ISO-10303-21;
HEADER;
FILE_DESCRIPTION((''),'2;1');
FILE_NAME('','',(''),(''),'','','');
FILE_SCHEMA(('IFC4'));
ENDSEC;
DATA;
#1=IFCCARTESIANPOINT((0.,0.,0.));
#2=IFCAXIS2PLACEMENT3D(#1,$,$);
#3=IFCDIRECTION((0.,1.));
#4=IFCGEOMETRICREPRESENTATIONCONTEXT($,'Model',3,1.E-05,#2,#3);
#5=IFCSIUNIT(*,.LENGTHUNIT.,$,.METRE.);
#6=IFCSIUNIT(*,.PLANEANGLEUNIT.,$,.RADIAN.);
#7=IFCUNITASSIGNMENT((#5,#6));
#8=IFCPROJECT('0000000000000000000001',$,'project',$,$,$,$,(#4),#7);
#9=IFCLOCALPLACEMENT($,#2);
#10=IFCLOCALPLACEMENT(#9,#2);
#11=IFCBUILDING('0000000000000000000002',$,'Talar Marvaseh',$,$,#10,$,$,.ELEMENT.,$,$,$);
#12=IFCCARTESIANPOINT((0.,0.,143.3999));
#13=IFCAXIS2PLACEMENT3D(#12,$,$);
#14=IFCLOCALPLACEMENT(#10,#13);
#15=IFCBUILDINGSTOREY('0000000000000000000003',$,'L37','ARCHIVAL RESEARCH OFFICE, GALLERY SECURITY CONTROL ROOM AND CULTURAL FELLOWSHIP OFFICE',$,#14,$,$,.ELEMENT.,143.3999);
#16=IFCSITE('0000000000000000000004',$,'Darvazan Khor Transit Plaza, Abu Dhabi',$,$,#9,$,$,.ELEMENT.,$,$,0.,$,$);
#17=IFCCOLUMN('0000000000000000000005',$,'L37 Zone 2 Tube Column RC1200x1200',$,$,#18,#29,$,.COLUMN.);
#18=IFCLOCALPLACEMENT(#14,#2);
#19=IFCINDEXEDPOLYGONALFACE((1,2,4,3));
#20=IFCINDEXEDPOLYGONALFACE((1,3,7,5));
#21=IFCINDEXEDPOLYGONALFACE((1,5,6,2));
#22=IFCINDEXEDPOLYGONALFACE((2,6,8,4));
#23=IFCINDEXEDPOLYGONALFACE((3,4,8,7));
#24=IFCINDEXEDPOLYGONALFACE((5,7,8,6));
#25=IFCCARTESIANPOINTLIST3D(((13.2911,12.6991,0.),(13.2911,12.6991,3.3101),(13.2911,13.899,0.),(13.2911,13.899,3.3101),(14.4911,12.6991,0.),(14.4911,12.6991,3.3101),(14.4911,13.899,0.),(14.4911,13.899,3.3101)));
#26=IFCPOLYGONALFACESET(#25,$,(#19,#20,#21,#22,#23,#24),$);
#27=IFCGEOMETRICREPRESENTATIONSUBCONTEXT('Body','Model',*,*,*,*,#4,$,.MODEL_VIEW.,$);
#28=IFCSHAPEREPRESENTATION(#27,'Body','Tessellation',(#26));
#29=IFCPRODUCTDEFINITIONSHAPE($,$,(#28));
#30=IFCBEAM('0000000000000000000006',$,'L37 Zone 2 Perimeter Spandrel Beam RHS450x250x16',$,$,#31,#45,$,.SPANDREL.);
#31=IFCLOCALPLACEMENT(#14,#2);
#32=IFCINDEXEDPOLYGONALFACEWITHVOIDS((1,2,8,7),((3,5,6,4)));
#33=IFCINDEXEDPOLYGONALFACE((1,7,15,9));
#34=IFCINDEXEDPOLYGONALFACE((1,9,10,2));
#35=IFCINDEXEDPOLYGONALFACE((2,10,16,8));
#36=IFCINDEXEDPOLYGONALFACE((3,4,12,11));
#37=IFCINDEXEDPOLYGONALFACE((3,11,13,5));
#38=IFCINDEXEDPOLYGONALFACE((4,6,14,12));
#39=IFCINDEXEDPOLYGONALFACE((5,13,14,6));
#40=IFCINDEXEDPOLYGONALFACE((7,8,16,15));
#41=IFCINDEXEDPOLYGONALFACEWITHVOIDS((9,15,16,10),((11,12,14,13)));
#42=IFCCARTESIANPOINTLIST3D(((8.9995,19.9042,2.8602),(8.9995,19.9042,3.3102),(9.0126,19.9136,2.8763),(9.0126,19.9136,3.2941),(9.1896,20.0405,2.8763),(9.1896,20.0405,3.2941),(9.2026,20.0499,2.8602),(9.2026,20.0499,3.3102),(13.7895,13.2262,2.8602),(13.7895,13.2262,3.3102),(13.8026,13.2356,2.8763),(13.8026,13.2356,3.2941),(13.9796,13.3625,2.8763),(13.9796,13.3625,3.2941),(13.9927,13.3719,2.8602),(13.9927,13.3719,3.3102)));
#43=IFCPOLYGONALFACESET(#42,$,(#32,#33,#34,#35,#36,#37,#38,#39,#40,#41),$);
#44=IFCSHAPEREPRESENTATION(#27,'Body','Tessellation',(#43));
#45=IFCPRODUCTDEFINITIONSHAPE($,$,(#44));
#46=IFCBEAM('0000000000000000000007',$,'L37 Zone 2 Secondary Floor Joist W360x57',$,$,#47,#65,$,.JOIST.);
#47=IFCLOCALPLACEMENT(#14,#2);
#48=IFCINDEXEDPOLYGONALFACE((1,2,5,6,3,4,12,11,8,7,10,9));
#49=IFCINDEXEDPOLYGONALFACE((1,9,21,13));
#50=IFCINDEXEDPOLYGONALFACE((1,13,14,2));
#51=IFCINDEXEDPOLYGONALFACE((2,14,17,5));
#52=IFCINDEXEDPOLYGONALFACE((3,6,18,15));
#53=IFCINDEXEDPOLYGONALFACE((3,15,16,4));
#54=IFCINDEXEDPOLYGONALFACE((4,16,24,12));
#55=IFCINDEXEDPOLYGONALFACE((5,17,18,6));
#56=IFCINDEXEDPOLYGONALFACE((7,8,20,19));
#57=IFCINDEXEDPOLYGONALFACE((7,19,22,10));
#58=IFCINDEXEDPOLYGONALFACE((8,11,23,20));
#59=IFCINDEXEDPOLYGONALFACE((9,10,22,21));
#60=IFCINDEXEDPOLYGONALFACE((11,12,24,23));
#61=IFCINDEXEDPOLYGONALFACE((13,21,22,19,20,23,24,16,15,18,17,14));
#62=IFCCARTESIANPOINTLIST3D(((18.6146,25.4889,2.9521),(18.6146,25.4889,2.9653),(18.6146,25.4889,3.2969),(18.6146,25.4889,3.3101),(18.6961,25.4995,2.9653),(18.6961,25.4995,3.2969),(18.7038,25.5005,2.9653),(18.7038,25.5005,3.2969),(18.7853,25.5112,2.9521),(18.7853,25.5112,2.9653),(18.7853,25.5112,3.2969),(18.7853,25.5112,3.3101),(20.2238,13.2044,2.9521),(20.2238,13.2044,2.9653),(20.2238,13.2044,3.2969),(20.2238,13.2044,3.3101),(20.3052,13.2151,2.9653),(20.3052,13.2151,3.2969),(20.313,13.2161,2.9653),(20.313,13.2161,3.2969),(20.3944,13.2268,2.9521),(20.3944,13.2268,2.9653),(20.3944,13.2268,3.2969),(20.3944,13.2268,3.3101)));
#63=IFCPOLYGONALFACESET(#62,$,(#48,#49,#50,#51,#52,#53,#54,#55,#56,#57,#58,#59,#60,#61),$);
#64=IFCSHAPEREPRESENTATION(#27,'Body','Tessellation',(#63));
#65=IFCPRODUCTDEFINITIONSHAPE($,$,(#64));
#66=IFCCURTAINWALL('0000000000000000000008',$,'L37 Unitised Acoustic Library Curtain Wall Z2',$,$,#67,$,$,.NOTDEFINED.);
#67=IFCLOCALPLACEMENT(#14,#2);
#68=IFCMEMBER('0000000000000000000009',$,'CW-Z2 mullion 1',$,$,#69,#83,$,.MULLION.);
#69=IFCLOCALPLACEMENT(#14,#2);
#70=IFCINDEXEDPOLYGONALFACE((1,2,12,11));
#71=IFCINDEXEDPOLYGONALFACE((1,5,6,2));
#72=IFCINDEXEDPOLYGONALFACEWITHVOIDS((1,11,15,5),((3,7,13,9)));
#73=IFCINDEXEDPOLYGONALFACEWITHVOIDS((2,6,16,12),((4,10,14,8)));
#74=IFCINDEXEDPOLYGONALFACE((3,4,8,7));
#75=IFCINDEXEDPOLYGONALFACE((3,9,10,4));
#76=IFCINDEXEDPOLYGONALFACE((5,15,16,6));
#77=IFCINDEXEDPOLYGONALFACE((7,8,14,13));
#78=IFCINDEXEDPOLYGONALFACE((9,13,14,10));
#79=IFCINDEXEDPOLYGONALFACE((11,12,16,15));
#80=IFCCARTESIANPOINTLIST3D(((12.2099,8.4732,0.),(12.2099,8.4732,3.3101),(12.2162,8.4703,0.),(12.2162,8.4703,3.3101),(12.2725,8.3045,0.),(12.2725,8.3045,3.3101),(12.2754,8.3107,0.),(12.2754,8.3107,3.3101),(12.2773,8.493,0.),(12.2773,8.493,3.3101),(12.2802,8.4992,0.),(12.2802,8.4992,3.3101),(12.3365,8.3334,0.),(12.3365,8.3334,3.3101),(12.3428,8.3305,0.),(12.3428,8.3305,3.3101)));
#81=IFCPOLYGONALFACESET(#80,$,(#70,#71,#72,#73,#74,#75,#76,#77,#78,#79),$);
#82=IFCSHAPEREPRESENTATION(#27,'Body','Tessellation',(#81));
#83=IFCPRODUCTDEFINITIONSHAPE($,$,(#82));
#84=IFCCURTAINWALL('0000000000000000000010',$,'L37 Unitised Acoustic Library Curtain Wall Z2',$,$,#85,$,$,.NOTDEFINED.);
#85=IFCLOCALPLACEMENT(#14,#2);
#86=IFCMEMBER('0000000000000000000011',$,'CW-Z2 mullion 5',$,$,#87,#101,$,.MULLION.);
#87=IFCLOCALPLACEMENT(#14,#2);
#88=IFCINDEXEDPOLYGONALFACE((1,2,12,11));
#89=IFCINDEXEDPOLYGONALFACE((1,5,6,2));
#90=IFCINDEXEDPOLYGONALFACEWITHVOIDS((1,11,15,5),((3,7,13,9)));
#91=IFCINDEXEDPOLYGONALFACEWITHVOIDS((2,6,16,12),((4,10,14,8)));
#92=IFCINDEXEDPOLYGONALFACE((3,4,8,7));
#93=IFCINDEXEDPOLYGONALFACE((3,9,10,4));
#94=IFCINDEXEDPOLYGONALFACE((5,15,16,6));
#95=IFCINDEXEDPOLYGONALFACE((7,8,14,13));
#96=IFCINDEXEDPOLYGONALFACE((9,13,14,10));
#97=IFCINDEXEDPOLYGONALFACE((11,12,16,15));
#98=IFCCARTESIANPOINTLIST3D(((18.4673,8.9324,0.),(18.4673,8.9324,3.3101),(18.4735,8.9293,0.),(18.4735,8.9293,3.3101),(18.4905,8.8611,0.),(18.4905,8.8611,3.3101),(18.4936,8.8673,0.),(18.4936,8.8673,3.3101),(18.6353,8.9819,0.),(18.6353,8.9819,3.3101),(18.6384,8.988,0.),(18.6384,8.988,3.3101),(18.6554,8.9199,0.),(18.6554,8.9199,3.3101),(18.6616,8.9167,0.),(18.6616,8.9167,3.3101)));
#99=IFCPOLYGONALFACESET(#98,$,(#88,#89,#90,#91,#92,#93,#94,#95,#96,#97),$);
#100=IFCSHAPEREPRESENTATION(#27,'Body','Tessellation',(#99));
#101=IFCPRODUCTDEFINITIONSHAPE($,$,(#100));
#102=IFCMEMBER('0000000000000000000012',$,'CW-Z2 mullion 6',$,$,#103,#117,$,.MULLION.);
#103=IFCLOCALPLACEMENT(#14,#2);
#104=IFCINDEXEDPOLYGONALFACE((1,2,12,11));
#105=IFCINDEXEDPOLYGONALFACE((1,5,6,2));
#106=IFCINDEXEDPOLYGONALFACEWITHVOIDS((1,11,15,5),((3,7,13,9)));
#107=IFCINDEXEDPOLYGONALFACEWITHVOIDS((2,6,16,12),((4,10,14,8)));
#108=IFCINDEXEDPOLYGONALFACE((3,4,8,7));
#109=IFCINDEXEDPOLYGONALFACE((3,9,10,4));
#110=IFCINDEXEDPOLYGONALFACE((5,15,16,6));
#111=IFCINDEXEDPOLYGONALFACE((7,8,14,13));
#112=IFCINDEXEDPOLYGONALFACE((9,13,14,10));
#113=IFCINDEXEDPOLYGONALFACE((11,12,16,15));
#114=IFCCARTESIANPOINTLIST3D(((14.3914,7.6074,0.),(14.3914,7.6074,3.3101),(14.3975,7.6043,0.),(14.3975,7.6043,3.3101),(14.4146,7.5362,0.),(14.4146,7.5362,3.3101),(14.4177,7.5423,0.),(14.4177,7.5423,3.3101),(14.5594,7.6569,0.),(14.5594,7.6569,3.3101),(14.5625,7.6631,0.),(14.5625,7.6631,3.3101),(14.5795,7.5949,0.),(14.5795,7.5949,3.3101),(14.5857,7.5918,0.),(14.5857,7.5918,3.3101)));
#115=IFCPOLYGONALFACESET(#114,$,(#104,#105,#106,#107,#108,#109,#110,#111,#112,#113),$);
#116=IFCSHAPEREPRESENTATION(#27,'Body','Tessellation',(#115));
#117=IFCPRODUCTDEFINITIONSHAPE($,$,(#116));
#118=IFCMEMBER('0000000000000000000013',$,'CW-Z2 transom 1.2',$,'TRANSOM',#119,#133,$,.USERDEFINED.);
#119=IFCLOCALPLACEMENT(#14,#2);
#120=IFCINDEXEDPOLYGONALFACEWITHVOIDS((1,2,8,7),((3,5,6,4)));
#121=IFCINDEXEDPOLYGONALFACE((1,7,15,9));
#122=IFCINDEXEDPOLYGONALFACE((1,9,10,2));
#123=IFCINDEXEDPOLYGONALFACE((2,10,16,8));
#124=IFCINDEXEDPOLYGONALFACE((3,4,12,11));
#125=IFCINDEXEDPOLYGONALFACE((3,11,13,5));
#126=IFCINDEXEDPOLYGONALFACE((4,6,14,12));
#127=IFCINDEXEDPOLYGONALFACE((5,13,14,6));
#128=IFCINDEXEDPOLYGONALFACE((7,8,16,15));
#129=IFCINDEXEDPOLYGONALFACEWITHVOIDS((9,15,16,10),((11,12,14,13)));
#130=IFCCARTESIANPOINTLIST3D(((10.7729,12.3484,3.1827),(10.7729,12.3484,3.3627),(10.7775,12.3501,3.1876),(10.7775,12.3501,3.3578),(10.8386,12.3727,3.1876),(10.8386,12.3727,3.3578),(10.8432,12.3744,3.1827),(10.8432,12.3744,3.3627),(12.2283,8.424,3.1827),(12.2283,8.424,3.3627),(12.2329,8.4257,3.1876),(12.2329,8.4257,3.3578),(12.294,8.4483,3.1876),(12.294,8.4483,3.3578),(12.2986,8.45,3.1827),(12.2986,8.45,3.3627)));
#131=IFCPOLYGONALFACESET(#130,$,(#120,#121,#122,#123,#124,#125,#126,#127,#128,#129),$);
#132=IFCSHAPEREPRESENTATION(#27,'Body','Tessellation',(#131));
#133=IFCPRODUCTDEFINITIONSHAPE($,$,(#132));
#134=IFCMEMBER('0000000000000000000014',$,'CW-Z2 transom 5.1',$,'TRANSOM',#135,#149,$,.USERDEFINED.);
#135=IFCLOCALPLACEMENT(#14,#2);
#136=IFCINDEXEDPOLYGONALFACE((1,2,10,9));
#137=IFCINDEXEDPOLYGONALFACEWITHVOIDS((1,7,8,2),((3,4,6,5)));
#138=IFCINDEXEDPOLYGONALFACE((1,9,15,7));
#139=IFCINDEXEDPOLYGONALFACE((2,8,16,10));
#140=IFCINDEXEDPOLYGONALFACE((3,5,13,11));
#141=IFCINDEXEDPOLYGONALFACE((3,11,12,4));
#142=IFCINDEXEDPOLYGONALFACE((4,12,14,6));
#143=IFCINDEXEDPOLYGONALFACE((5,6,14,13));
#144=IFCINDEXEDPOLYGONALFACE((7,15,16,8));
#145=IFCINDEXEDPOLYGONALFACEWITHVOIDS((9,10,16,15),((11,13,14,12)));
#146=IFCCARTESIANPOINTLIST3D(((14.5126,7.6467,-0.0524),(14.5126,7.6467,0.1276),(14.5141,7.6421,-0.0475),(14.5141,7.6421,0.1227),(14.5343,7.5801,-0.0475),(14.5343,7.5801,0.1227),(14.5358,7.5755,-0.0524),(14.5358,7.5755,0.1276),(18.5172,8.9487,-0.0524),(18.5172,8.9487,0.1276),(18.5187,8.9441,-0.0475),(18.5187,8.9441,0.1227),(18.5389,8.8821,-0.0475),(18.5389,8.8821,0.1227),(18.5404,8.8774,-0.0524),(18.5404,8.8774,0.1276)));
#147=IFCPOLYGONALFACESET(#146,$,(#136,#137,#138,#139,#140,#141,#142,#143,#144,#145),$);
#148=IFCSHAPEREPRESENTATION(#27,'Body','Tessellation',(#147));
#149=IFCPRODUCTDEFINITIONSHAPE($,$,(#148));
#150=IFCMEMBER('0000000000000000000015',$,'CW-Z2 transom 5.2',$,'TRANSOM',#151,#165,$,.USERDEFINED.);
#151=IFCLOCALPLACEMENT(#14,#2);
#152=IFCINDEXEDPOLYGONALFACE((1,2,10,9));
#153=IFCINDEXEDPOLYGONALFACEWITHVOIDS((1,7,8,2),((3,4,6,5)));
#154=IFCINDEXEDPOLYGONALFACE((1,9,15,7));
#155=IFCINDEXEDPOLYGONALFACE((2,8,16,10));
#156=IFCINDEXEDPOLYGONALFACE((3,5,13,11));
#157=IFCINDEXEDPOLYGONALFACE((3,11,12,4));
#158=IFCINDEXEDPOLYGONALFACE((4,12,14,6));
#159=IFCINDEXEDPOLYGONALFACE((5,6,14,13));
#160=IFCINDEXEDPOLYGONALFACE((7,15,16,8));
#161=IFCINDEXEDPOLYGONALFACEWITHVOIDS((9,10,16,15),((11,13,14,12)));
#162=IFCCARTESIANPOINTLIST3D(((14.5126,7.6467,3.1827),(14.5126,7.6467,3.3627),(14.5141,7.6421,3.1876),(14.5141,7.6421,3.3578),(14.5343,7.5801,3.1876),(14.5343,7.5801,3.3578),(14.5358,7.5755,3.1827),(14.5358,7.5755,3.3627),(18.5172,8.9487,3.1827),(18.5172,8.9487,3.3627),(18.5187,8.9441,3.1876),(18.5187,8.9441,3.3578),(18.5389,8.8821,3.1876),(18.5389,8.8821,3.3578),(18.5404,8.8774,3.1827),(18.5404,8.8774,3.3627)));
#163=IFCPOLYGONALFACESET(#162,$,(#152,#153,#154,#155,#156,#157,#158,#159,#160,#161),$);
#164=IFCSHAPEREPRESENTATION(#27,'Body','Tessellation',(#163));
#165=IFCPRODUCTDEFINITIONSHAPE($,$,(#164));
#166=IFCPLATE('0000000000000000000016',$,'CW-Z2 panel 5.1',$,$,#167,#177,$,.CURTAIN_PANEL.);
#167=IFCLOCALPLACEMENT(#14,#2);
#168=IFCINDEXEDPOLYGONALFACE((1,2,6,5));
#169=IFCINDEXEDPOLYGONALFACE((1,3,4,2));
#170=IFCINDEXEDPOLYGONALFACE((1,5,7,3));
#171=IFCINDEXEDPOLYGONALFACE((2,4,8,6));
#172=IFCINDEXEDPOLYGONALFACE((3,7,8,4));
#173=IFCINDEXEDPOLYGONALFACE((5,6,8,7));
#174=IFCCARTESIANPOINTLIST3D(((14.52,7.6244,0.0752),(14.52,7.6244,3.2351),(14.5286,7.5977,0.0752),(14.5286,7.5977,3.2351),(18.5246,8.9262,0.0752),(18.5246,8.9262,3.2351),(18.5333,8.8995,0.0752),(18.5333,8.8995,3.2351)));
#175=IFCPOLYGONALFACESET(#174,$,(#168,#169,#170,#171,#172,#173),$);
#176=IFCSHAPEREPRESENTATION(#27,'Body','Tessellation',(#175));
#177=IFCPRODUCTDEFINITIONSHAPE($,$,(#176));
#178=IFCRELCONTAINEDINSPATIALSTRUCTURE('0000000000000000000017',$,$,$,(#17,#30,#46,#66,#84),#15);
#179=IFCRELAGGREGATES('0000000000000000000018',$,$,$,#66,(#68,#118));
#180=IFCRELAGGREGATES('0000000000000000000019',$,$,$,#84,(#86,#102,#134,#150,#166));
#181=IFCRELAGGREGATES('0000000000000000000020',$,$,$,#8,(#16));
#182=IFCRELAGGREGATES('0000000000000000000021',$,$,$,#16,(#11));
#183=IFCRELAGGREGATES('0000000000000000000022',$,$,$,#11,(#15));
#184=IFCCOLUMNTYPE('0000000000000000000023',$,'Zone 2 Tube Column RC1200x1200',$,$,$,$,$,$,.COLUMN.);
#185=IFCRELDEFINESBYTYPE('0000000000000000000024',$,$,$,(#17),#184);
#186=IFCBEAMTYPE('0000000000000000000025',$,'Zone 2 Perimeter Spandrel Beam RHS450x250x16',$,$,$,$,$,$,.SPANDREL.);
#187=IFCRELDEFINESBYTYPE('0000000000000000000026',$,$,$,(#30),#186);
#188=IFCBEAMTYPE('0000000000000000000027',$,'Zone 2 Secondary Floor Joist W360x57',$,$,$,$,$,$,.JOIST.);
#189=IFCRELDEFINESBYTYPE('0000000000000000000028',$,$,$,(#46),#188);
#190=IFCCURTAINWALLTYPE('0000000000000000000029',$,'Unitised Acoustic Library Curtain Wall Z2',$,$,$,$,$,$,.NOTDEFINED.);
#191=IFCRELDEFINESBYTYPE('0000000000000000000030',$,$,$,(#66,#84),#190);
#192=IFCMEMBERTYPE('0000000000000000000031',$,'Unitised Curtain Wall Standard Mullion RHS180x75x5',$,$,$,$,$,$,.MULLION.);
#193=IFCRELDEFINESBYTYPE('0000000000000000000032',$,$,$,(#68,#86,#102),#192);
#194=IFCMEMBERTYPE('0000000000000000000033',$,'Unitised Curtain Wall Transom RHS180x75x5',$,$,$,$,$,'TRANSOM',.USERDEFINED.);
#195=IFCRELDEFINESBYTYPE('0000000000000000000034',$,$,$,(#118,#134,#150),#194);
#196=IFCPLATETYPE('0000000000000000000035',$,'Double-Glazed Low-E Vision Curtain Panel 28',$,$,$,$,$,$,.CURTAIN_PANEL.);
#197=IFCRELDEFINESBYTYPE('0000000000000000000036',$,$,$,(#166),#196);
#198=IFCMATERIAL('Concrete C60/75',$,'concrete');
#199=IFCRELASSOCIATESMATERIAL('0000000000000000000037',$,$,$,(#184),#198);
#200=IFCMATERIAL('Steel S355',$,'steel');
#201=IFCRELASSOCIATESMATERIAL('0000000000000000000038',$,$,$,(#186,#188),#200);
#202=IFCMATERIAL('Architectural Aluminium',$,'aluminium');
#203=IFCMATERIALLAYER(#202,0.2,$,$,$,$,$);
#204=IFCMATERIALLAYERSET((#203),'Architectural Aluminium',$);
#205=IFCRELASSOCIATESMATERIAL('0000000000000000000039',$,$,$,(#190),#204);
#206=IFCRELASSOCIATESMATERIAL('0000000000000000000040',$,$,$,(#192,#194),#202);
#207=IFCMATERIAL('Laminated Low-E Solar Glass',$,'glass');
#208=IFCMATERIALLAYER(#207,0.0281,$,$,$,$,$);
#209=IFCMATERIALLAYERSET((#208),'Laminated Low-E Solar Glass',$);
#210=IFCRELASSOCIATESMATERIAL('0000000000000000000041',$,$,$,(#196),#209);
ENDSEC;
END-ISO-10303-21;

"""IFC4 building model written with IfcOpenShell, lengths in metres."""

from ifc_helpers import new_model, si_unit, direction, frame, origin, origin_2d, place, context, subcontext, project, spatial, rectangle, hollow_rectangle, i_section, extrude, source, transform, mapped, material, layer, layer_set, material_profile, profile_set, type_object, type_shapes, element, aggregate, save


model = new_model("IFC4")

# Units and contexts
model_context = context("Model", 3, precision=1e-05, world=origin(), true_north=direction((0.0, 1.0)))
body_context = subcontext(model_context, "Body", "Model", "MODEL_VIEW")
ifc_project = project(units=[si_unit("LENGTHUNIT", "METRE"), si_unit("PLANEANGLEUNIT", "RADIAN")], contexts=[model_context])

# Site, building, storey
site_placement = place(None, origin())
site = spatial("IfcSite", under=ifc_project, at=site_placement, Name="Darvazan Khor Transit Plaza, Abu Dhabi", CompositionType="ELEMENT", RefElevation=0.0)
building_placement = place(site_placement, origin())
building = spatial("IfcBuilding", under=site, at=building_placement, Name="Talar Marvaseh", CompositionType="ELEMENT")
storey_placement = place(building_placement, frame((0.0, 0.0, 143.3999)))
storey = spatial("IfcBuildingStorey", under=building, at=storey_placement, Name="L37", Description="ARCHIVAL RESEARCH OFFICE, GALLERY SECURITY CONTROL ROOM AND CULTURAL FELLOWSHIP OFFICE", CompositionType="ELEMENT", Elevation=143.3999)

# Column
ifc_material_1 = material(Name="Concrete C60/75", Category="concrete")
ifc_material_profile_1 = material_profile(ifc_material_1, rectangle(XDim=1.2, YDim=1.2, at=origin_2d()), Name="RC1200x1200")
ifc_profile_set_1 = profile_set([ifc_material_profile_1], Name="Concrete C60/75")
column_type = type_object("IfcColumnType", Name="Zone 2 Tube Column RC1200x1200", PredefinedType="COLUMN", material=ifc_profile_set_1)
column_placement = place(storey_placement, frame((13.8911, 13.2991, 0.0), z_axis=(0.0, 0.0, 1.0), x_axis=(1.0, 0.0, 0.0)))
element("IfcColumn", 1, at=column_placement, inside=storey, type_object=column_type, Name="L37 Zone 2 Tube Column RC1200x1200", PredefinedType="COLUMN", context=body_context, shape_type="SweptSolid", body=[
    extrude(rectangle(XDim=1.2, YDim=1.2, at=origin_2d()), origin(), (0.0, 0.0, 1.0), 3.3101),
])

# Beams
ifc_material_2 = material(Name="Steel S355", Category="steel")
ifc_material_profile_2 = material_profile(ifc_material_2, hollow_rectangle(XDim=0.25, YDim=0.45, WallThickness=0.0161, at=origin_2d()), Name="RHS450x250x16")
ifc_profile_set_2 = profile_set([ifc_material_profile_2], Name="Steel S355")
beam_type_1 = type_object("IfcBeamType", Name="Zone 2 Perimeter Spandrel Beam RHS450x250x16", PredefinedType="SPANDREL", material=ifc_profile_set_2)
beam_1_placement = place(storey_placement, frame((13.8911, 13.2991, 3.0852), z_axis=(-0.582853, 0.812578, 0.0), x_axis=(-0.812578, -0.582853, 0.0)))
element("IfcBeam", 2, at=beam_1_placement, inside=storey, type_object=beam_type_1, Name="L37 Zone 2 Perimeter Spandrel Beam RHS450x250x16", PredefinedType="SPANDREL", context=body_context, shape_type="SweptSolid", body=[
    extrude(hollow_rectangle(XDim=0.25, YDim=0.45, WallThickness=0.0161, at=origin_2d()), origin(), (0.0, 0.0, 1.0), 8.2183),
])
ifc_material_profile_3 = material_profile(ifc_material_2, i_section(OverallWidth=0.1721, OverallDepth=0.3579, WebThickness=0.0078, FlangeThickness=0.0132, at=origin_2d()), Name="W360x57")
ifc_profile_set_3 = profile_set([ifc_material_profile_3], Name="Steel S355")
beam_type_2 = type_object("IfcBeamType", Name="Zone 2 Secondary Floor Joist W360x57", PredefinedType="JOIST", material=ifc_profile_set_3)
beam_2_placement = place(storey_placement, frame((20.3091, 13.2156, 3.1311), z_axis=(-0.12988, 0.99153, 0.0), x_axis=(-0.99153, -0.12988, 0.0)))
element("IfcBeam", 3, at=beam_2_placement, inside=storey, type_object=beam_type_2, Name="L37 Zone 2 Secondary Floor Joist W360x57", PredefinedType="JOIST", context=body_context, shape_type="SweptSolid", body=[
    extrude(i_section(OverallWidth=0.1721, OverallDepth=0.3579, WebThickness=0.0078, FlangeThickness=0.0132, at=origin_2d()), origin(), (0.0, 0.0, 1.0), 12.3894),
])

# Curtain wall, member
ifc_material_3 = material(Name="Architectural Aluminium", Category="aluminium")
ifc_layer_1 = layer(ifc_material_3, 0.2)
ifc_layer_set_1 = layer_set([ifc_layer_1], Name="Architectural Aluminium")
curtain_wall_type = type_object("IfcCurtainWallType", Name="Unitised Acoustic Library Curtain Wall Z2", PredefinedType="NOTDEFINED", material=ifc_layer_set_1)
curtain_wall_1_placement = place(storey_placement, origin())
curtain_wall_1 = element("IfcCurtainWall", 4, at=curtain_wall_1_placement, inside=storey, type_object=curtain_wall_type, Name="L37 Unitised Acoustic Library Curtain Wall Z2", PredefinedType="NOTDEFINED")
ifc_material_profile_4 = material_profile(ifc_material_3, hollow_rectangle(XDim=0.075, YDim=0.1799, WallThickness=0.0049, at=origin_2d()), Name="RHS180x75x5")
ifc_profile_set_4 = profile_set([ifc_material_profile_4], Name="Architectural Aluminium")
member_type_1 = type_object("IfcMemberType", Name="Unitised Curtain Wall Standard Mullion RHS180x75x5", PredefinedType="MULLION", material=ifc_profile_set_4)
shared_shape_1 = source(origin(), body_context, "Body", "SweptSolid", [
    extrude(hollow_rectangle(XDim=0.075, YDim=0.1799, WallThickness=0.0049, at=origin_2d()), origin(), (0.0, 0.0, 1.0), 3.3101),
])
type_shapes(member_type_1, [shared_shape_1])
member_1_placement = place(storey_placement, frame((12.2764, 8.4019, 0.0), z_axis=(0.0, 0.0, 1.0), x_axis=(-0.93761, -0.347688, 0.0)))
member_1 = element("IfcMember", 5, at=member_1_placement, type_object=member_type_1, Name="CW-Z2 mullion 1", PredefinedType="MULLION", context=body_context, shape_type="MappedRepresentation", body=[
    mapped(shared_shape_1, transform((0.0, 0.0, 0.0), x_axis=(1.0, 0.0, 0.0), y_axis=(0.0, 1.0, 0.0), z_axis=(0.0, 0.0, 1.0), scale=1.0)),
])

# Curtain wall, members
curtain_wall_2_placement = place(storey_placement, origin())
curtain_wall_2 = element("IfcCurtainWall", 6, at=curtain_wall_2_placement, inside=storey, type_object=curtain_wall_type, Name="L37 Unitised Acoustic Library Curtain Wall Z2", PredefinedType="NOTDEFINED")
member_2_placement = place(storey_placement, frame((18.5645, 8.9246, 0.0), z_axis=(0.0, 0.0, 1.0), x_axis=(0.309164, -0.951009, 0.0)))
member_2 = element("IfcMember", 7, at=member_2_placement, type_object=member_type_1, Name="CW-Z2 mullion 5", PredefinedType="MULLION", context=body_context, shape_type="MappedRepresentation", body=[
    mapped(shared_shape_1, transform((0.0, 0.0, 0.0), x_axis=(1.0, 0.0, 0.0), y_axis=(0.0, 1.0, 0.0), z_axis=(0.0, 0.0, 1.0), scale=1.0)),
])
member_3_placement = place(storey_placement, frame((14.4885, 7.5996, 0.0), z_axis=(0.0, 0.0, 1.0), x_axis=(0.309164, -0.951009, 0.0)))
member_3 = element("IfcMember", 8, at=member_3_placement, type_object=member_type_1, Name="CW-Z2 mullion 6", PredefinedType="MULLION", context=body_context, shape_type="MappedRepresentation", body=[
    mapped(shared_shape_1, transform((0.0, 0.0, 0.0), x_axis=(1.0, 0.0, 0.0), y_axis=(0.0, 1.0, 0.0), z_axis=(0.0, 0.0, 1.0), scale=1.0)),
])

# Members
ifc_material_profile_5 = material_profile(ifc_material_3, hollow_rectangle(XDim=0.075, YDim=0.1799, WallThickness=0.0049, at=origin_2d()), Name="RHS180x75x5")
ifc_profile_set_5 = profile_set([ifc_material_profile_5], Name="Architectural Aluminium")
member_type_2 = type_object("IfcMemberType", Name="Unitised Curtain Wall Transom RHS180x75x5", ElementType="TRANSOM", PredefinedType="USERDEFINED", material=ifc_profile_set_5)
shared_shape_2 = source(origin(), body_context, "Body", "SweptSolid", [
    extrude(hollow_rectangle(XDim=0.075, YDim=0.1799, WallThickness=0.0049, at=origin_2d()), origin(), (0.0, 0.0, 1.0), 4.1855),
])
member_4_placement = place(storey_placement, frame((12.2634, 8.437, 3.2727), z_axis=(-0.347708, 0.937603, 0.0), x_axis=(-0.937603, -0.347708, 0.0)))
member_4 = element("IfcMember", 9, at=member_4_placement, type_object=member_type_2, Name="CW-Z2 transom 1.2", ObjectType="TRANSOM", PredefinedType="USERDEFINED", context=body_context, shape_type="MappedRepresentation", body=[
    mapped(shared_shape_2, transform((0.0, 0.0, 0.0), x_axis=(1.0, 0.0, 0.0), y_axis=(0.0, 1.0, 0.0), z_axis=(0.0, 0.0, 1.0), scale=1.0)),
])
aggregate(curtain_wall_1, [member_1, member_4])
shared_shape_3 = source(origin(), body_context, "Body", "SweptSolid", [
    extrude(hollow_rectangle(XDim=0.075, YDim=0.1799, WallThickness=0.0049, at=origin_2d()), origin(), (0.0, 0.0, 1.0), 4.2109),
])
type_shapes(member_type_2, [shared_shape_2, shared_shape_3])
member_5_placement = place(storey_placement, frame((18.5288, 8.9131, 0.0376), z_axis=(-0.951, -0.309192, 0.0), x_axis=(0.309192, -0.951, 0.0)))
member_5 = element("IfcMember", 10, at=member_5_placement, type_object=member_type_2, Name="CW-Z2 transom 5.1", ObjectType="TRANSOM", PredefinedType="USERDEFINED", context=body_context, shape_type="MappedRepresentation", body=[
    mapped(shared_shape_3, transform((0.0, 0.0, 0.0), x_axis=(1.0, 0.0, 0.0), y_axis=(0.0, 1.0, 0.0), z_axis=(0.0, 0.0, 1.0), scale=1.0)),
])
member_6_placement = place(storey_placement, frame((18.5288, 8.9131, 3.2727), z_axis=(-0.951, -0.309192, 0.0), x_axis=(0.309192, -0.951, 0.0)))
member_6 = element("IfcMember", 11, at=member_6_placement, type_object=member_type_2, Name="CW-Z2 transom 5.2", ObjectType="TRANSOM", PredefinedType="USERDEFINED", context=body_context, shape_type="MappedRepresentation", body=[
    mapped(shared_shape_3, transform((0.0, 0.0, 0.0), x_axis=(1.0, 0.0, 0.0), y_axis=(0.0, 1.0, 0.0), z_axis=(0.0, 0.0, 1.0), scale=1.0)),
])

# Plate
ifc_material_4 = material(Name="Laminated Low-E Solar Glass", Category="glass")
ifc_layer_2 = layer(ifc_material_4, 0.0281)
ifc_layer_set_2 = layer_set([ifc_layer_2], Name="Laminated Low-E Solar Glass")
plate_type = type_object("IfcPlateType", Name="Double-Glazed Low-E Vision Curtain Panel 28", PredefinedType="CURTAIN_PANEL", material=ifc_layer_set_2)
shared_shape_4 = source(origin(), body_context, "Body", "SweptSolid", [
    extrude(rectangle(XDim=4.2109, YDim=0.0281, at=origin_2d()), origin(), (0.0, 0.0, 1.0), 3.1599),
])
plate_1_placement = place(storey_placement, frame((16.5266, 8.262, 0.0752), z_axis=(0.0, 0.0, 1.0), x_axis=(-0.951009, -0.309164, 0.0)))
plate_1 = element("IfcPlate", 12, at=plate_1_placement, type_object=plate_type, Name="CW-Z2 panel 5.1", PredefinedType="CURTAIN_PANEL", context=body_context, shape_type="MappedRepresentation", body=[
    mapped(shared_shape_4, transform((0.0, 0.0, 0.0), x_axis=(1.0, 0.0, 0.0), y_axis=(0.0, 1.0, 0.0), z_axis=(0.0, 0.0, 1.0), scale=1.0)),
])
aggregate(curtain_wall_2, [member_2, member_3, member_5, member_6, plate_1])

save(model, "model.ifc")
